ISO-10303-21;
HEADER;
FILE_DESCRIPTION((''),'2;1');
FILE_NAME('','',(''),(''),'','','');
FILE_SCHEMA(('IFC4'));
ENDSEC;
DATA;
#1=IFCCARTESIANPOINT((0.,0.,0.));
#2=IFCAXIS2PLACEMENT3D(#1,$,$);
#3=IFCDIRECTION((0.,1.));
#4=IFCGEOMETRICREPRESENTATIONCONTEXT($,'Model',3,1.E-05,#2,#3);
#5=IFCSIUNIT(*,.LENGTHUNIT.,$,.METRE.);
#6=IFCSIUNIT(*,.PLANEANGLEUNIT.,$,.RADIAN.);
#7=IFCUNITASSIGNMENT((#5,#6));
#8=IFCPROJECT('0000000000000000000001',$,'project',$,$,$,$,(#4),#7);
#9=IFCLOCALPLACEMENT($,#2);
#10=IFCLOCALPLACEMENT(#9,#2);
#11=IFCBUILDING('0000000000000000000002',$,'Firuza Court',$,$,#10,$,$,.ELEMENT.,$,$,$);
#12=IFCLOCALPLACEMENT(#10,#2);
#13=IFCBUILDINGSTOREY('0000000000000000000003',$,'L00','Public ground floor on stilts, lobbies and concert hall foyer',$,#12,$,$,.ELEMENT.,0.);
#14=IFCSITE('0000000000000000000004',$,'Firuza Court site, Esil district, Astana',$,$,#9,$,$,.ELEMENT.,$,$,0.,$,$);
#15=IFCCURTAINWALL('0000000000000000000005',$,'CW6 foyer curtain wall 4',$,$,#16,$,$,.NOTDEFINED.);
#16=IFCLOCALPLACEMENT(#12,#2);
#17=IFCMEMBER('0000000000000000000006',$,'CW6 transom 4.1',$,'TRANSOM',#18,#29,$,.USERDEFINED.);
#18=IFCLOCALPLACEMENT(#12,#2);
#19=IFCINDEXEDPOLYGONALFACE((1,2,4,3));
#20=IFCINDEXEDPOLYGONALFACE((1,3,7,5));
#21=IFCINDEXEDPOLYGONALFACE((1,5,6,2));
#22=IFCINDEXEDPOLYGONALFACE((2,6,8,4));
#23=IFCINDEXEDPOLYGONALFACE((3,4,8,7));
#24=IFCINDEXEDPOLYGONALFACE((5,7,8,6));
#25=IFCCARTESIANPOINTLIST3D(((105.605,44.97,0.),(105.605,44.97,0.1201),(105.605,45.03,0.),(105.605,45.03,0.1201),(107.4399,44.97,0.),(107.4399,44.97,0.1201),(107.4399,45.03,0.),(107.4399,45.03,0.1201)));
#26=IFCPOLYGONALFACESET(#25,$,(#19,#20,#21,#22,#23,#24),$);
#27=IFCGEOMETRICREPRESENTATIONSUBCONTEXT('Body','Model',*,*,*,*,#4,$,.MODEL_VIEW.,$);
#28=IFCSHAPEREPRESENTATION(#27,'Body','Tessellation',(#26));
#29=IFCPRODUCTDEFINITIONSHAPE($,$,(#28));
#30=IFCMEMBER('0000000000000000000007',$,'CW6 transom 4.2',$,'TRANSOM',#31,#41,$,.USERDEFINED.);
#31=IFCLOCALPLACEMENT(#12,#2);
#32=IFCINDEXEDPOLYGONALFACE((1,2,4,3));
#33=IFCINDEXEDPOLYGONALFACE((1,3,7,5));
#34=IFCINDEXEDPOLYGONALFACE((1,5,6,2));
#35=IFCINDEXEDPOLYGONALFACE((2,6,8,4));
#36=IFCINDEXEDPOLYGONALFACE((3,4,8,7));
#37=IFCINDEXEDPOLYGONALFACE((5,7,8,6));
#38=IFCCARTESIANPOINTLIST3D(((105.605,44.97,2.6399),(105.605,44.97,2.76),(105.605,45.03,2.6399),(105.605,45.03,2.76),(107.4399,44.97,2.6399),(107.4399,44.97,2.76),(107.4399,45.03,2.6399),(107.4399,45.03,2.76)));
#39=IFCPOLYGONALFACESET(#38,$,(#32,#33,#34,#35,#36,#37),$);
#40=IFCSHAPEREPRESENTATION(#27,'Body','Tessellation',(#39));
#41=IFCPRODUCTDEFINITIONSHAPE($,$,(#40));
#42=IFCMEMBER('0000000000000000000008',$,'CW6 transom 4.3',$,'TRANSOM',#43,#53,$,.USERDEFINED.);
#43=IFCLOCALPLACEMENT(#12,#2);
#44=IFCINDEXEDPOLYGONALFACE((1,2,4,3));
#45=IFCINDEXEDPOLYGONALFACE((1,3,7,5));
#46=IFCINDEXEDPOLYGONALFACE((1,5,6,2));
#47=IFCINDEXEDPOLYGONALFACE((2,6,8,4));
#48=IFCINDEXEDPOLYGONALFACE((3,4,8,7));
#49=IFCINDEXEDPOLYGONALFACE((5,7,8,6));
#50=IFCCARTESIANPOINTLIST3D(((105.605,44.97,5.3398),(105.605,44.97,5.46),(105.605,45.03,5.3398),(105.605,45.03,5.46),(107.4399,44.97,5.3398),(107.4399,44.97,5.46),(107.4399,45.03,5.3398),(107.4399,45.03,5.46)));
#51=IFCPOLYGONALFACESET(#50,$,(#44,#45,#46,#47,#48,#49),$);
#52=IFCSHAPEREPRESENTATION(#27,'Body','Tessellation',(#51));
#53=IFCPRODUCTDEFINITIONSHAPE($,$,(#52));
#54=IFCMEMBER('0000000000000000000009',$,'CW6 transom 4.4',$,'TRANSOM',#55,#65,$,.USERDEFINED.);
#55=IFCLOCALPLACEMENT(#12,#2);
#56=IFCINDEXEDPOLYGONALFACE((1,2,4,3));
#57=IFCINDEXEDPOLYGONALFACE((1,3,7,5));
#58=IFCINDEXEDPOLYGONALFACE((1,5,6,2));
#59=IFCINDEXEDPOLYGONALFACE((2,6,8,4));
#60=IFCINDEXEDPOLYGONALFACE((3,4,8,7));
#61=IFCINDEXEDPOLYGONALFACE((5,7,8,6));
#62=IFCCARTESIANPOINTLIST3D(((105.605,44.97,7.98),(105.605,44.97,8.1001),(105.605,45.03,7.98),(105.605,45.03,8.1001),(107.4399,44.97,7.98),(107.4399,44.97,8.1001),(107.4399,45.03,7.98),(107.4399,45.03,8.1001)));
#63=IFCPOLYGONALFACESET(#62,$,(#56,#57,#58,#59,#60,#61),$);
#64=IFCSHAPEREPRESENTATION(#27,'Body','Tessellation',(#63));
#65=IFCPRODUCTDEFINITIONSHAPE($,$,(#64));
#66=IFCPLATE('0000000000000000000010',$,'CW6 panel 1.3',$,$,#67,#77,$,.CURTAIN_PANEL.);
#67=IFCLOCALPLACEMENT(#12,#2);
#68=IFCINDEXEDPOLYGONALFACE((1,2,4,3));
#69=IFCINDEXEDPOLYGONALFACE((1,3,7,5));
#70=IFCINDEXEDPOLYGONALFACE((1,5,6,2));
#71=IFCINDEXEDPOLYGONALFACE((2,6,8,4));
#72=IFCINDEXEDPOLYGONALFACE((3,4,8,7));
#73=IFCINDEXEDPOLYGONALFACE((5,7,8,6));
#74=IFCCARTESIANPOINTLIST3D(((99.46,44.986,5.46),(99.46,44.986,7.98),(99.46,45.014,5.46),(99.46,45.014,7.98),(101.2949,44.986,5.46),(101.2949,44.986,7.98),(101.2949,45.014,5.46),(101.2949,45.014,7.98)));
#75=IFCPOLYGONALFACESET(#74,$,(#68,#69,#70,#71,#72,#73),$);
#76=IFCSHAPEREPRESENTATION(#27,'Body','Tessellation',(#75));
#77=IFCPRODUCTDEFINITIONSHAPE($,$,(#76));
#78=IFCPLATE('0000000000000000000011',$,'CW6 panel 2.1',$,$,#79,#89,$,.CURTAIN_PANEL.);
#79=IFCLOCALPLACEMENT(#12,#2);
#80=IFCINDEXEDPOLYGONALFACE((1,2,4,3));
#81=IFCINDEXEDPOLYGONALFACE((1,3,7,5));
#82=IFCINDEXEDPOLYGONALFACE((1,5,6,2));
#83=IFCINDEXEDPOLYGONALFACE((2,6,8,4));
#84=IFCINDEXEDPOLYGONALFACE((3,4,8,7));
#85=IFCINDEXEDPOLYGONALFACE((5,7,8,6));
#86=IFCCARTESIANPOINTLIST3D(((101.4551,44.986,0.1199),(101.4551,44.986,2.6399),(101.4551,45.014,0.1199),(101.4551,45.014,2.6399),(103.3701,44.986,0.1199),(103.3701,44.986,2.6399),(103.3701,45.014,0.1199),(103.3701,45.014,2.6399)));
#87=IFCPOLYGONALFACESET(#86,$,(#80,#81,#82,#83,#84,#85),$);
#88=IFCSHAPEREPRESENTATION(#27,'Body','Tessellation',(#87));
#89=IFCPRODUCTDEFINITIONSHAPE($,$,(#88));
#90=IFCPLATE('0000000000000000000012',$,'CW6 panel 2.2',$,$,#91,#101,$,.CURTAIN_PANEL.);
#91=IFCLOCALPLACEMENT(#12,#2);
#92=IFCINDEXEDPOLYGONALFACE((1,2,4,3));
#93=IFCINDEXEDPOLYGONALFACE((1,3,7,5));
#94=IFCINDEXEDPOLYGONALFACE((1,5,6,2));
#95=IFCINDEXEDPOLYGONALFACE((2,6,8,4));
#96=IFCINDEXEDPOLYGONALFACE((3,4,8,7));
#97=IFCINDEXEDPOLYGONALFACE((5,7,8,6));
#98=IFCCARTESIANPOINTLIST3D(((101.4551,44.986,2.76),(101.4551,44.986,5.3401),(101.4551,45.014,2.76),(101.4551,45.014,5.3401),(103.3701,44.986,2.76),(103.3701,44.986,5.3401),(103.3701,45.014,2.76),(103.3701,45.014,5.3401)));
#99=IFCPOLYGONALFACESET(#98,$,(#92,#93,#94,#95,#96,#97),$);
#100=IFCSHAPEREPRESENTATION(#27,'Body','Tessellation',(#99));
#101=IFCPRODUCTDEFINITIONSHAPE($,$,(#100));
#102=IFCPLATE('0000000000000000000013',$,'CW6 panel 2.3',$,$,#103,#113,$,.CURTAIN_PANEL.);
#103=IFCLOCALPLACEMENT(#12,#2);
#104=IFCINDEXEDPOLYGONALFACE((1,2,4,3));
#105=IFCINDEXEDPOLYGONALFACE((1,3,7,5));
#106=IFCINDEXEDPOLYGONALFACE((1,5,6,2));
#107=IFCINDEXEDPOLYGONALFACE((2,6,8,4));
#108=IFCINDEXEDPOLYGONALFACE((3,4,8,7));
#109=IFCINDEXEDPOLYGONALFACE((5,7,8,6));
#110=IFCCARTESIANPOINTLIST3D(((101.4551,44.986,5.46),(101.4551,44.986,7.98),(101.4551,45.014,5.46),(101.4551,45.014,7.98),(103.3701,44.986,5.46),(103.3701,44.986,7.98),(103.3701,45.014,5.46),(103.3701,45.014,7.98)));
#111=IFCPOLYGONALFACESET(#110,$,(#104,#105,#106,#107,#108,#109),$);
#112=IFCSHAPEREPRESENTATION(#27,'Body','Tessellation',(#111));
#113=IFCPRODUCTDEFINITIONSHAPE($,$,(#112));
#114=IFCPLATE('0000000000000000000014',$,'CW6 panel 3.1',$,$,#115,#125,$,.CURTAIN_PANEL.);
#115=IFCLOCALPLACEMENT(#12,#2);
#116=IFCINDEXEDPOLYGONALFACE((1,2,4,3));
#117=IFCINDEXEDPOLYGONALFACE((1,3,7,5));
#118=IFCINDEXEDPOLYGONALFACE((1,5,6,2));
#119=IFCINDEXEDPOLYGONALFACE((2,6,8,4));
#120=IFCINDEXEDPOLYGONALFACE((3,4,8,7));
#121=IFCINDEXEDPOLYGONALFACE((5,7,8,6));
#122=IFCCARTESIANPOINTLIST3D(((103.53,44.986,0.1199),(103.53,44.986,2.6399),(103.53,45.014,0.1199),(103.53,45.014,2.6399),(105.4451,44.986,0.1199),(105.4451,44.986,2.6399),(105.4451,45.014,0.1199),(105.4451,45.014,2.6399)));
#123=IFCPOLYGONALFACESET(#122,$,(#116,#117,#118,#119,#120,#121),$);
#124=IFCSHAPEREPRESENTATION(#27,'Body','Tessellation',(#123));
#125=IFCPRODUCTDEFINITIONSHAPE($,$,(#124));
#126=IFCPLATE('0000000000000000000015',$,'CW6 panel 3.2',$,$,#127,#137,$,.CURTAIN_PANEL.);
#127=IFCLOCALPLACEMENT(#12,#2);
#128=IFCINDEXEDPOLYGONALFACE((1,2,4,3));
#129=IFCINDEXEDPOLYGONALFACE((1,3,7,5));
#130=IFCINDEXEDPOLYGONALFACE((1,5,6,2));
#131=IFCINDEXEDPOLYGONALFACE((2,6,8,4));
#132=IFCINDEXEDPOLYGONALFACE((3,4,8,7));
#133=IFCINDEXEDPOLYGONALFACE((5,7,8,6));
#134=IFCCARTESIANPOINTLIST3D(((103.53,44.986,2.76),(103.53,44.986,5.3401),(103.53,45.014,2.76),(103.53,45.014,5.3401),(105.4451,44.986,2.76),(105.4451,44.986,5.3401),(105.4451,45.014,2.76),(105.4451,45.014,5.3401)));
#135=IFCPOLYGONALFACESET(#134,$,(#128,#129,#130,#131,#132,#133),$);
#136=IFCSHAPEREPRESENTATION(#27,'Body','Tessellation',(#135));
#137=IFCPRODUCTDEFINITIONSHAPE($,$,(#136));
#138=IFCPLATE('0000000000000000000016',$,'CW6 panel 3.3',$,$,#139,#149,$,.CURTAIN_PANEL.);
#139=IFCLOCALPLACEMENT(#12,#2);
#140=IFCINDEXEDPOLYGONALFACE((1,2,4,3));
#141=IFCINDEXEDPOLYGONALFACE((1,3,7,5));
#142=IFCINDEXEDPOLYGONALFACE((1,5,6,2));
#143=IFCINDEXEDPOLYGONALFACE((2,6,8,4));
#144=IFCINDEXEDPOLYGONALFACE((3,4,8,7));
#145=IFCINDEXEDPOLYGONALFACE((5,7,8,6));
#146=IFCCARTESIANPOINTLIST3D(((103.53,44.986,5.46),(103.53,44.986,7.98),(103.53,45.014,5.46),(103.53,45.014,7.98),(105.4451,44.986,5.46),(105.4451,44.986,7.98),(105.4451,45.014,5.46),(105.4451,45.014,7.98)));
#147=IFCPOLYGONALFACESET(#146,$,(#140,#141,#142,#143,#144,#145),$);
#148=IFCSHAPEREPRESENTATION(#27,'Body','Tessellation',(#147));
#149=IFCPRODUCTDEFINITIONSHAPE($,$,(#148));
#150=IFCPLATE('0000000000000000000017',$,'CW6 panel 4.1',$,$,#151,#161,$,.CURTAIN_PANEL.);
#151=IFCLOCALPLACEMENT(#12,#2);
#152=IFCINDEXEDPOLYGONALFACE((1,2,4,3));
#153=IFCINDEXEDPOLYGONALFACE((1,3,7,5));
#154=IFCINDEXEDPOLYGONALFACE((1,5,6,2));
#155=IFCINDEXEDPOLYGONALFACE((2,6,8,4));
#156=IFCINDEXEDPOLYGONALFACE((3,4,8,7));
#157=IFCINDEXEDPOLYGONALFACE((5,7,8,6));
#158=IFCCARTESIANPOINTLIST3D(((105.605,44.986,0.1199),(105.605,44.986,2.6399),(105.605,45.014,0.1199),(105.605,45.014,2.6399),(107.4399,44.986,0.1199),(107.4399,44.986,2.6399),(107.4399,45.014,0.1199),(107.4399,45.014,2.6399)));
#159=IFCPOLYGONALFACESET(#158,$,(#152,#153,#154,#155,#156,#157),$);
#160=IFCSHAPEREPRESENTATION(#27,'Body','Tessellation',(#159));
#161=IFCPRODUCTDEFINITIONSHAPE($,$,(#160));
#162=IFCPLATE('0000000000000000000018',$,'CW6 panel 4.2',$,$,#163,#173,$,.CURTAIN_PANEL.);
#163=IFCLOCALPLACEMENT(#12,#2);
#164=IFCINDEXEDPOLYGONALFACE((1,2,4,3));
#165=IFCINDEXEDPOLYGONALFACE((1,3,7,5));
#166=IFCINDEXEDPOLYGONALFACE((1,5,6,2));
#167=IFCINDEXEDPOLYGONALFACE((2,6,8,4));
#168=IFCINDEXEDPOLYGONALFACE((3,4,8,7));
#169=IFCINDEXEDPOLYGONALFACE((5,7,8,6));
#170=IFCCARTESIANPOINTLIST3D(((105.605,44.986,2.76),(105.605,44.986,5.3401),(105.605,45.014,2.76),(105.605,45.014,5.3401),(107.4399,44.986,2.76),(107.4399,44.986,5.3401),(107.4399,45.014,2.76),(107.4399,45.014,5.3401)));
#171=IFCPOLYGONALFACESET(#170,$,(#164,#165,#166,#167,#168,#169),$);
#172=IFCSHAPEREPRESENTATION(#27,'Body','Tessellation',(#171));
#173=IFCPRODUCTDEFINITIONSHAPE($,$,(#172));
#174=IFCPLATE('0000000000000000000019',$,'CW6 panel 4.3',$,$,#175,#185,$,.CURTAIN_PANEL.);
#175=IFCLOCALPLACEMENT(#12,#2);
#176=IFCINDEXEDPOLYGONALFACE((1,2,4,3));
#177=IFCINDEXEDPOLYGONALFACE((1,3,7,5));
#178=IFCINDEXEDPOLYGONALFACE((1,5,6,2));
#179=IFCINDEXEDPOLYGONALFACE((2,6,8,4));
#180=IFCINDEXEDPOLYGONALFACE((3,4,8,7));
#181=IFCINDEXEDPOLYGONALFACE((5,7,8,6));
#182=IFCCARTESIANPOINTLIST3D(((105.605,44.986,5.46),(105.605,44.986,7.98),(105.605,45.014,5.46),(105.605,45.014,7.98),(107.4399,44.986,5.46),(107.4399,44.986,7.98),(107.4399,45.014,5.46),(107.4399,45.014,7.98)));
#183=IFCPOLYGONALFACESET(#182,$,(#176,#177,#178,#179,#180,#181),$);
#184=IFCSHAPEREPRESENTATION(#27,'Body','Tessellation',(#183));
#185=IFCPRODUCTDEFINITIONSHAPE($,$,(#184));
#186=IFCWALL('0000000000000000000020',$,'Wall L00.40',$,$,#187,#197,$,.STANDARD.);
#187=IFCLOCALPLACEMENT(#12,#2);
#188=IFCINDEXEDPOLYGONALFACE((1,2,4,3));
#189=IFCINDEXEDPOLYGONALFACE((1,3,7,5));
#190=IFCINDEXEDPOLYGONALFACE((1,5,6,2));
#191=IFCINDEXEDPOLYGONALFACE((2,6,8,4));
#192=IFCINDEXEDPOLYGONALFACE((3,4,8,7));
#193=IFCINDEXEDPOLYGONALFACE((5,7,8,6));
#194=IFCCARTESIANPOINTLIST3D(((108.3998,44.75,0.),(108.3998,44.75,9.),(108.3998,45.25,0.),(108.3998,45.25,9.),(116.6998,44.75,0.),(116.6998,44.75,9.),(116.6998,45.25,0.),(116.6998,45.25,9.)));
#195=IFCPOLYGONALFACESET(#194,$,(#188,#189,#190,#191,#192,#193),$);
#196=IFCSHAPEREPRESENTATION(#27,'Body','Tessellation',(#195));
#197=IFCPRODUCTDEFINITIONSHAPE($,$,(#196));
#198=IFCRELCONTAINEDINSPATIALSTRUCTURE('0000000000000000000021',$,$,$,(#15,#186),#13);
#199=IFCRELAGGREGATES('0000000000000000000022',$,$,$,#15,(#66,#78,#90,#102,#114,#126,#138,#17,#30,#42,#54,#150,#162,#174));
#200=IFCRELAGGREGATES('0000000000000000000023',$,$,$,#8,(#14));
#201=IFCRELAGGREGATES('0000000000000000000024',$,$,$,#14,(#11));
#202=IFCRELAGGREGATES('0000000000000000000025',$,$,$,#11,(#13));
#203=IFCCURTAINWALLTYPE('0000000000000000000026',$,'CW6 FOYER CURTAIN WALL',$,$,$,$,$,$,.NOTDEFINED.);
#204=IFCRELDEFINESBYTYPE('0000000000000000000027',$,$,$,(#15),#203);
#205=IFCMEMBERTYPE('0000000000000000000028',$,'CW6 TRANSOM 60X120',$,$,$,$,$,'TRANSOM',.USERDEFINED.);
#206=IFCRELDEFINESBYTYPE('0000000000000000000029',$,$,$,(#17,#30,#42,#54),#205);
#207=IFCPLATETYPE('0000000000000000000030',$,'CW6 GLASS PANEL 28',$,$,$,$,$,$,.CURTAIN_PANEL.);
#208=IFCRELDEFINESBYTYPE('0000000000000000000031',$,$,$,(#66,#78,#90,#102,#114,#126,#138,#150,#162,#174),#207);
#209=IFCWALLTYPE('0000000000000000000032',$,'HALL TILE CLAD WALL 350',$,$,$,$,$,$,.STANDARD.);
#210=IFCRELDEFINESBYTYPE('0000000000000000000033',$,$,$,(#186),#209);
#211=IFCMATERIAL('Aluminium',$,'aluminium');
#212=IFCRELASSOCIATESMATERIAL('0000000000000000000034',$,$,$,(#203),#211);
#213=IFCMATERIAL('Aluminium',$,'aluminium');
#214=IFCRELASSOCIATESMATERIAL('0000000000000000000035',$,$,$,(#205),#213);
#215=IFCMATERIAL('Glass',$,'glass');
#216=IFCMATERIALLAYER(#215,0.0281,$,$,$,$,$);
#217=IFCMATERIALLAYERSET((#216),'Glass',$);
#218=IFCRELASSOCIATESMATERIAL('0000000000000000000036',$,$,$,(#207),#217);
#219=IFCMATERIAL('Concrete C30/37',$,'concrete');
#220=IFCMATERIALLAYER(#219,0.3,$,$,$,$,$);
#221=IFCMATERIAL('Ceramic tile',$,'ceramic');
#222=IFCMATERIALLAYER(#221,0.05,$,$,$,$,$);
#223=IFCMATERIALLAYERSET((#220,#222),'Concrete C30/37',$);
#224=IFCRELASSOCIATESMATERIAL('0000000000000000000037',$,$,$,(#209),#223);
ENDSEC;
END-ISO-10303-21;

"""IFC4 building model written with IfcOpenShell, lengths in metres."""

from ifc_helpers import new_model, si_unit, direction, frame, frame_2d, origin, origin_2d, place, context, subcontext, project, spatial, rectangle, extrude, material, layer, layer_set, material_profile, profile_set, type_object, element, aggregate, save


model = new_model("IFC4")

# Units and contexts
model_context = context("Model", 3, precision=1e-05, world=origin(), true_north=direction((0.0, 1.0)))
body_context = subcontext(model_context, "Body", "Model", "MODEL_VIEW")
ifc_project = project(units=[si_unit("LENGTHUNIT", "METRE"), si_unit("PLANEANGLEUNIT", "RADIAN")], contexts=[model_context])

# Site, building, storey
site_placement = place(None, origin())
site = spatial("IfcSite", under=ifc_project, at=site_placement, Name="Firuza Court site, Esil district, Astana", CompositionType="ELEMENT", RefElevation=0.0)
building_placement = place(site_placement, origin())
building = spatial("IfcBuilding", under=site, at=building_placement, Name="Firuza Court", CompositionType="ELEMENT")
storey_placement = place(building_placement, origin())
storey = spatial("IfcBuildingStorey", under=building, at=storey_placement, Name="L00", Description="Public ground floor on stilts, lobbies and concert hall foyer", CompositionType="ELEMENT", Elevation=0.0)

# Curtain wall, members, plates
ifc_material_1 = material(Name="Aluminium", Category="aluminium")
curtain_wall_type = type_object("IfcCurtainWallType", Name="CW6 FOYER CURTAIN WALL", PredefinedType="NOTDEFINED", material=ifc_material_1)
curtain_wall_placement = place(storey_placement, origin())
curtain_wall = element("IfcCurtainWall", 1, at=curtain_wall_placement, inside=storey, type_object=curtain_wall_type, Name="CW6 foyer curtain wall 4", PredefinedType="NOTDEFINED")
ifc_material_2 = material(Name="Aluminium", Category="aluminium")
ifc_material_profile_1 = material_profile(ifc_material_2, rectangle(XDim=0.0601, YDim=0.1201, at=origin_2d()), Name="TRANSOM 60X120")
ifc_profile_set_1 = profile_set([ifc_material_profile_1], Name="Aluminium")
member_type_1 = type_object("IfcMemberType", Name="CW6 TRANSOM 60X120", ElementType="TRANSOM", PredefinedType="USERDEFINED", material=ifc_profile_set_1)
member_1_placement = place(storey_placement, frame((105.605, 45.0, 0.0601), z_axis=(1.0, 0.0, 0.0), x_axis=(0.0, 1.0, 0.0)))
member_1 = element("IfcMember", 2, at=member_1_placement, type_object=member_type_1, Name="CW6 transom 4.1", ObjectType="TRANSOM", PredefinedType="USERDEFINED", context=body_context, shape_type="SweptSolid", body=[
    extrude(rectangle(XDim=0.0601, YDim=0.1201, at=origin_2d()), origin(), (0.0, 0.0, 1.0), 1.835),
])
member_2_placement = place(storey_placement, frame((105.605, 45.0, 2.7), z_axis=(1.0, 0.0, 0.0), x_axis=(0.0, 1.0, 0.0)))
member_2 = element("IfcMember", 3, at=member_2_placement, type_object=member_type_1, Name="CW6 transom 4.2", ObjectType="TRANSOM", PredefinedType="USERDEFINED", context=body_context, shape_type="SweptSolid", body=[
    extrude(rectangle(XDim=0.0601, YDim=0.1201, at=origin_2d()), origin(), (0.0, 0.0, 1.0), 1.835),
])
member_3_placement = place(storey_placement, frame((105.605, 45.0, 5.3999), z_axis=(1.0, 0.0, 0.0), x_axis=(0.0, 1.0, 0.0)))
member_3 = element("IfcMember", 4, at=member_3_placement, type_object=member_type_1, Name="CW6 transom 4.3", ObjectType="TRANSOM", PredefinedType="USERDEFINED", context=body_context, shape_type="SweptSolid", body=[
    extrude(rectangle(XDim=0.0601, YDim=0.1201, at=origin_2d()), origin(), (0.0, 0.0, 1.0), 1.835),
])
member_4_placement = place(storey_placement, frame((105.605, 45.0, 8.04), z_axis=(1.0, 0.0, 0.0), x_axis=(0.0, 1.0, 0.0)))
member_4 = element("IfcMember", 5, at=member_4_placement, type_object=member_type_1, Name="CW6 transom 4.4", ObjectType="TRANSOM", PredefinedType="USERDEFINED", context=body_context, shape_type="SweptSolid", body=[
    extrude(rectangle(XDim=0.0601, YDim=0.1201, at=origin_2d()), origin(), (0.0, 0.0, 1.0), 1.835),
])
ifc_material_3 = material(Name="Glass", Category="glass")
ifc_layer_1 = layer(ifc_material_3, 0.0281)
ifc_layer_set_1 = layer_set([ifc_layer_1], Name="Glass")
plate_type = type_object("IfcPlateType", Name="CW6 GLASS PANEL 28", PredefinedType="CURTAIN_PANEL", material=ifc_layer_set_1)
plate_1_placement = place(storey_placement, frame((100.3774, 45.0, 5.46), z_axis=(0.0, 0.0, 1.0), x_axis=(1.0, 0.0, 0.0)))
plate_1 = element("IfcPlate", 6, at=plate_1_placement, type_object=plate_type, Name="CW6 panel 1.3", PredefinedType="CURTAIN_PANEL", context=body_context, shape_type="SweptSolid", body=[
    extrude(rectangle(XDim=1.835, YDim=0.0281, at=origin_2d()), origin(), (0.0, 0.0, 1.0), 2.52),
])
plate_2_placement = place(storey_placement, frame((102.4126, 45.0, 0.1199), z_axis=(0.0, 0.0, 1.0), x_axis=(1.0, 0.0, 0.0)))
plate_2 = element("IfcPlate", 7, at=plate_2_placement, type_object=plate_type, Name="CW6 panel 2.1", PredefinedType="CURTAIN_PANEL", context=body_context, shape_type="SweptSolid", body=[
    extrude(rectangle(XDim=1.915, YDim=0.0281, at=origin_2d()), origin(), (0.0, 0.0, 1.0), 2.52),
])
plate_3_placement = place(storey_placement, frame((102.4126, 45.0, 2.76), z_axis=(0.0, 0.0, 1.0), x_axis=(1.0, 0.0, 0.0)))
plate_3 = element("IfcPlate", 8, at=plate_3_placement, type_object=plate_type, Name="CW6 panel 2.2", PredefinedType="CURTAIN_PANEL", context=body_context, shape_type="SweptSolid", body=[
    extrude(rectangle(XDim=1.915, YDim=0.0281, at=origin_2d()), origin(), (0.0, 0.0, 1.0), 2.5801),
])
plate_4_placement = place(storey_placement, frame((102.4126, 45.0, 5.46), z_axis=(0.0, 0.0, 1.0), x_axis=(1.0, 0.0, 0.0)))
plate_4 = element("IfcPlate", 9, at=plate_4_placement, type_object=plate_type, Name="CW6 panel 2.3", PredefinedType="CURTAIN_PANEL", context=body_context, shape_type="SweptSolid", body=[
    extrude(rectangle(XDim=1.915, YDim=0.0281, at=origin_2d()), origin(), (0.0, 0.0, 1.0), 2.52),
])
plate_5_placement = place(storey_placement, frame((104.4875, 45.0, 0.1199), z_axis=(0.0, 0.0, 1.0), x_axis=(1.0, 0.0, 0.0)))
plate_5 = element("IfcPlate", 10, at=plate_5_placement, type_object=plate_type, Name="CW6 panel 3.1", PredefinedType="CURTAIN_PANEL", context=body_context, shape_type="SweptSolid", body=[
    extrude(rectangle(XDim=1.915, YDim=0.0281, at=origin_2d()), origin(), (0.0, 0.0, 1.0), 2.52),
])
plate_6_placement = place(storey_placement, frame((104.4875, 45.0, 2.76), z_axis=(0.0, 0.0, 1.0), x_axis=(1.0, 0.0, 0.0)))
plate_6 = element("IfcPlate", 11, at=plate_6_placement, type_object=plate_type, Name="CW6 panel 3.2", PredefinedType="CURTAIN_PANEL", context=body_context, shape_type="SweptSolid", body=[
    extrude(rectangle(XDim=1.915, YDim=0.0281, at=origin_2d()), origin(), (0.0, 0.0, 1.0), 2.5801),
])
plate_7_placement = place(storey_placement, frame((104.4875, 45.0, 5.46), z_axis=(0.0, 0.0, 1.0), x_axis=(1.0, 0.0, 0.0)))
plate_7 = element("IfcPlate", 12, at=plate_7_placement, type_object=plate_type, Name="CW6 panel 3.3", PredefinedType="CURTAIN_PANEL", context=body_context, shape_type="SweptSolid", body=[
    extrude(rectangle(XDim=1.915, YDim=0.0281, at=origin_2d()), origin(), (0.0, 0.0, 1.0), 2.52),
])
plate_8_placement = place(storey_placement, frame((106.5225, 45.0, 0.1199), z_axis=(0.0, 0.0, 1.0), x_axis=(1.0, 0.0, 0.0)))
plate_8 = element("IfcPlate", 13, at=plate_8_placement, type_object=plate_type, Name="CW6 panel 4.1", PredefinedType="CURTAIN_PANEL", context=body_context, shape_type="SweptSolid", body=[
    extrude(rectangle(XDim=1.835, YDim=0.0281, at=origin_2d()), origin(), (0.0, 0.0, 1.0), 2.52),
])
plate_9_placement = place(storey_placement, frame((106.5225, 45.0, 2.76), z_axis=(0.0, 0.0, 1.0), x_axis=(1.0, 0.0, 0.0)))
plate_9 = element("IfcPlate", 14, at=plate_9_placement, type_object=plate_type, Name="CW6 panel 4.2", PredefinedType="CURTAIN_PANEL", context=body_context, shape_type="SweptSolid", body=[
    extrude(rectangle(XDim=1.835, YDim=0.0281, at=origin_2d()), origin(), (0.0, 0.0, 1.0), 2.5801),
])
plate_10_placement = place(storey_placement, frame((106.5225, 45.0, 5.46), z_axis=(0.0, 0.0, 1.0), x_axis=(1.0, 0.0, 0.0)))
plate_10 = element("IfcPlate", 15, at=plate_10_placement, type_object=plate_type, Name="CW6 panel 4.3", PredefinedType="CURTAIN_PANEL", context=body_context, shape_type="SweptSolid", body=[
    extrude(rectangle(XDim=1.835, YDim=0.0281, at=origin_2d()), origin(), (0.0, 0.0, 1.0), 2.52),
])
aggregate(curtain_wall, [plate_1, plate_2, plate_3, plate_4, plate_5, plate_6, plate_7, member_1, member_2, member_3, member_4, plate_8, plate_9, plate_10])

# Wall
ifc_material_4 = material(Name="Concrete C30/37", Category="concrete")
ifc_layer_2 = layer(ifc_material_4, 0.3)
ifc_material_5 = material(Name="Ceramic tile", Category="ceramic")
ifc_layer_3 = layer(ifc_material_5, 0.05)
ifc_layer_set_2 = layer_set([ifc_layer_2, ifc_layer_3], Name="Concrete C30/37")
wall_type = type_object("IfcWallType", Name="HALL TILE CLAD WALL 350", PredefinedType="STANDARD", material=ifc_layer_set_2)
wall_1_placement = place(storey_placement, frame((108.3999, 45.0, 0.0), z_axis=(0.0, 0.0, 1.0), x_axis=(1.0, 0.0, 0.0)))
element("IfcWall", 16, at=wall_1_placement, inside=storey, type_object=wall_type, Name="Wall L00.40", PredefinedType="STANDARD", context=body_context, shape_type="SweptSolid", body=[
    extrude(rectangle(XDim=8.3, YDim=0.5, at=frame_2d((4.1499, 0.0))), origin(), (0.0, 0.0, 1.0), 9.0),
])

save(model, "model.ifc")
